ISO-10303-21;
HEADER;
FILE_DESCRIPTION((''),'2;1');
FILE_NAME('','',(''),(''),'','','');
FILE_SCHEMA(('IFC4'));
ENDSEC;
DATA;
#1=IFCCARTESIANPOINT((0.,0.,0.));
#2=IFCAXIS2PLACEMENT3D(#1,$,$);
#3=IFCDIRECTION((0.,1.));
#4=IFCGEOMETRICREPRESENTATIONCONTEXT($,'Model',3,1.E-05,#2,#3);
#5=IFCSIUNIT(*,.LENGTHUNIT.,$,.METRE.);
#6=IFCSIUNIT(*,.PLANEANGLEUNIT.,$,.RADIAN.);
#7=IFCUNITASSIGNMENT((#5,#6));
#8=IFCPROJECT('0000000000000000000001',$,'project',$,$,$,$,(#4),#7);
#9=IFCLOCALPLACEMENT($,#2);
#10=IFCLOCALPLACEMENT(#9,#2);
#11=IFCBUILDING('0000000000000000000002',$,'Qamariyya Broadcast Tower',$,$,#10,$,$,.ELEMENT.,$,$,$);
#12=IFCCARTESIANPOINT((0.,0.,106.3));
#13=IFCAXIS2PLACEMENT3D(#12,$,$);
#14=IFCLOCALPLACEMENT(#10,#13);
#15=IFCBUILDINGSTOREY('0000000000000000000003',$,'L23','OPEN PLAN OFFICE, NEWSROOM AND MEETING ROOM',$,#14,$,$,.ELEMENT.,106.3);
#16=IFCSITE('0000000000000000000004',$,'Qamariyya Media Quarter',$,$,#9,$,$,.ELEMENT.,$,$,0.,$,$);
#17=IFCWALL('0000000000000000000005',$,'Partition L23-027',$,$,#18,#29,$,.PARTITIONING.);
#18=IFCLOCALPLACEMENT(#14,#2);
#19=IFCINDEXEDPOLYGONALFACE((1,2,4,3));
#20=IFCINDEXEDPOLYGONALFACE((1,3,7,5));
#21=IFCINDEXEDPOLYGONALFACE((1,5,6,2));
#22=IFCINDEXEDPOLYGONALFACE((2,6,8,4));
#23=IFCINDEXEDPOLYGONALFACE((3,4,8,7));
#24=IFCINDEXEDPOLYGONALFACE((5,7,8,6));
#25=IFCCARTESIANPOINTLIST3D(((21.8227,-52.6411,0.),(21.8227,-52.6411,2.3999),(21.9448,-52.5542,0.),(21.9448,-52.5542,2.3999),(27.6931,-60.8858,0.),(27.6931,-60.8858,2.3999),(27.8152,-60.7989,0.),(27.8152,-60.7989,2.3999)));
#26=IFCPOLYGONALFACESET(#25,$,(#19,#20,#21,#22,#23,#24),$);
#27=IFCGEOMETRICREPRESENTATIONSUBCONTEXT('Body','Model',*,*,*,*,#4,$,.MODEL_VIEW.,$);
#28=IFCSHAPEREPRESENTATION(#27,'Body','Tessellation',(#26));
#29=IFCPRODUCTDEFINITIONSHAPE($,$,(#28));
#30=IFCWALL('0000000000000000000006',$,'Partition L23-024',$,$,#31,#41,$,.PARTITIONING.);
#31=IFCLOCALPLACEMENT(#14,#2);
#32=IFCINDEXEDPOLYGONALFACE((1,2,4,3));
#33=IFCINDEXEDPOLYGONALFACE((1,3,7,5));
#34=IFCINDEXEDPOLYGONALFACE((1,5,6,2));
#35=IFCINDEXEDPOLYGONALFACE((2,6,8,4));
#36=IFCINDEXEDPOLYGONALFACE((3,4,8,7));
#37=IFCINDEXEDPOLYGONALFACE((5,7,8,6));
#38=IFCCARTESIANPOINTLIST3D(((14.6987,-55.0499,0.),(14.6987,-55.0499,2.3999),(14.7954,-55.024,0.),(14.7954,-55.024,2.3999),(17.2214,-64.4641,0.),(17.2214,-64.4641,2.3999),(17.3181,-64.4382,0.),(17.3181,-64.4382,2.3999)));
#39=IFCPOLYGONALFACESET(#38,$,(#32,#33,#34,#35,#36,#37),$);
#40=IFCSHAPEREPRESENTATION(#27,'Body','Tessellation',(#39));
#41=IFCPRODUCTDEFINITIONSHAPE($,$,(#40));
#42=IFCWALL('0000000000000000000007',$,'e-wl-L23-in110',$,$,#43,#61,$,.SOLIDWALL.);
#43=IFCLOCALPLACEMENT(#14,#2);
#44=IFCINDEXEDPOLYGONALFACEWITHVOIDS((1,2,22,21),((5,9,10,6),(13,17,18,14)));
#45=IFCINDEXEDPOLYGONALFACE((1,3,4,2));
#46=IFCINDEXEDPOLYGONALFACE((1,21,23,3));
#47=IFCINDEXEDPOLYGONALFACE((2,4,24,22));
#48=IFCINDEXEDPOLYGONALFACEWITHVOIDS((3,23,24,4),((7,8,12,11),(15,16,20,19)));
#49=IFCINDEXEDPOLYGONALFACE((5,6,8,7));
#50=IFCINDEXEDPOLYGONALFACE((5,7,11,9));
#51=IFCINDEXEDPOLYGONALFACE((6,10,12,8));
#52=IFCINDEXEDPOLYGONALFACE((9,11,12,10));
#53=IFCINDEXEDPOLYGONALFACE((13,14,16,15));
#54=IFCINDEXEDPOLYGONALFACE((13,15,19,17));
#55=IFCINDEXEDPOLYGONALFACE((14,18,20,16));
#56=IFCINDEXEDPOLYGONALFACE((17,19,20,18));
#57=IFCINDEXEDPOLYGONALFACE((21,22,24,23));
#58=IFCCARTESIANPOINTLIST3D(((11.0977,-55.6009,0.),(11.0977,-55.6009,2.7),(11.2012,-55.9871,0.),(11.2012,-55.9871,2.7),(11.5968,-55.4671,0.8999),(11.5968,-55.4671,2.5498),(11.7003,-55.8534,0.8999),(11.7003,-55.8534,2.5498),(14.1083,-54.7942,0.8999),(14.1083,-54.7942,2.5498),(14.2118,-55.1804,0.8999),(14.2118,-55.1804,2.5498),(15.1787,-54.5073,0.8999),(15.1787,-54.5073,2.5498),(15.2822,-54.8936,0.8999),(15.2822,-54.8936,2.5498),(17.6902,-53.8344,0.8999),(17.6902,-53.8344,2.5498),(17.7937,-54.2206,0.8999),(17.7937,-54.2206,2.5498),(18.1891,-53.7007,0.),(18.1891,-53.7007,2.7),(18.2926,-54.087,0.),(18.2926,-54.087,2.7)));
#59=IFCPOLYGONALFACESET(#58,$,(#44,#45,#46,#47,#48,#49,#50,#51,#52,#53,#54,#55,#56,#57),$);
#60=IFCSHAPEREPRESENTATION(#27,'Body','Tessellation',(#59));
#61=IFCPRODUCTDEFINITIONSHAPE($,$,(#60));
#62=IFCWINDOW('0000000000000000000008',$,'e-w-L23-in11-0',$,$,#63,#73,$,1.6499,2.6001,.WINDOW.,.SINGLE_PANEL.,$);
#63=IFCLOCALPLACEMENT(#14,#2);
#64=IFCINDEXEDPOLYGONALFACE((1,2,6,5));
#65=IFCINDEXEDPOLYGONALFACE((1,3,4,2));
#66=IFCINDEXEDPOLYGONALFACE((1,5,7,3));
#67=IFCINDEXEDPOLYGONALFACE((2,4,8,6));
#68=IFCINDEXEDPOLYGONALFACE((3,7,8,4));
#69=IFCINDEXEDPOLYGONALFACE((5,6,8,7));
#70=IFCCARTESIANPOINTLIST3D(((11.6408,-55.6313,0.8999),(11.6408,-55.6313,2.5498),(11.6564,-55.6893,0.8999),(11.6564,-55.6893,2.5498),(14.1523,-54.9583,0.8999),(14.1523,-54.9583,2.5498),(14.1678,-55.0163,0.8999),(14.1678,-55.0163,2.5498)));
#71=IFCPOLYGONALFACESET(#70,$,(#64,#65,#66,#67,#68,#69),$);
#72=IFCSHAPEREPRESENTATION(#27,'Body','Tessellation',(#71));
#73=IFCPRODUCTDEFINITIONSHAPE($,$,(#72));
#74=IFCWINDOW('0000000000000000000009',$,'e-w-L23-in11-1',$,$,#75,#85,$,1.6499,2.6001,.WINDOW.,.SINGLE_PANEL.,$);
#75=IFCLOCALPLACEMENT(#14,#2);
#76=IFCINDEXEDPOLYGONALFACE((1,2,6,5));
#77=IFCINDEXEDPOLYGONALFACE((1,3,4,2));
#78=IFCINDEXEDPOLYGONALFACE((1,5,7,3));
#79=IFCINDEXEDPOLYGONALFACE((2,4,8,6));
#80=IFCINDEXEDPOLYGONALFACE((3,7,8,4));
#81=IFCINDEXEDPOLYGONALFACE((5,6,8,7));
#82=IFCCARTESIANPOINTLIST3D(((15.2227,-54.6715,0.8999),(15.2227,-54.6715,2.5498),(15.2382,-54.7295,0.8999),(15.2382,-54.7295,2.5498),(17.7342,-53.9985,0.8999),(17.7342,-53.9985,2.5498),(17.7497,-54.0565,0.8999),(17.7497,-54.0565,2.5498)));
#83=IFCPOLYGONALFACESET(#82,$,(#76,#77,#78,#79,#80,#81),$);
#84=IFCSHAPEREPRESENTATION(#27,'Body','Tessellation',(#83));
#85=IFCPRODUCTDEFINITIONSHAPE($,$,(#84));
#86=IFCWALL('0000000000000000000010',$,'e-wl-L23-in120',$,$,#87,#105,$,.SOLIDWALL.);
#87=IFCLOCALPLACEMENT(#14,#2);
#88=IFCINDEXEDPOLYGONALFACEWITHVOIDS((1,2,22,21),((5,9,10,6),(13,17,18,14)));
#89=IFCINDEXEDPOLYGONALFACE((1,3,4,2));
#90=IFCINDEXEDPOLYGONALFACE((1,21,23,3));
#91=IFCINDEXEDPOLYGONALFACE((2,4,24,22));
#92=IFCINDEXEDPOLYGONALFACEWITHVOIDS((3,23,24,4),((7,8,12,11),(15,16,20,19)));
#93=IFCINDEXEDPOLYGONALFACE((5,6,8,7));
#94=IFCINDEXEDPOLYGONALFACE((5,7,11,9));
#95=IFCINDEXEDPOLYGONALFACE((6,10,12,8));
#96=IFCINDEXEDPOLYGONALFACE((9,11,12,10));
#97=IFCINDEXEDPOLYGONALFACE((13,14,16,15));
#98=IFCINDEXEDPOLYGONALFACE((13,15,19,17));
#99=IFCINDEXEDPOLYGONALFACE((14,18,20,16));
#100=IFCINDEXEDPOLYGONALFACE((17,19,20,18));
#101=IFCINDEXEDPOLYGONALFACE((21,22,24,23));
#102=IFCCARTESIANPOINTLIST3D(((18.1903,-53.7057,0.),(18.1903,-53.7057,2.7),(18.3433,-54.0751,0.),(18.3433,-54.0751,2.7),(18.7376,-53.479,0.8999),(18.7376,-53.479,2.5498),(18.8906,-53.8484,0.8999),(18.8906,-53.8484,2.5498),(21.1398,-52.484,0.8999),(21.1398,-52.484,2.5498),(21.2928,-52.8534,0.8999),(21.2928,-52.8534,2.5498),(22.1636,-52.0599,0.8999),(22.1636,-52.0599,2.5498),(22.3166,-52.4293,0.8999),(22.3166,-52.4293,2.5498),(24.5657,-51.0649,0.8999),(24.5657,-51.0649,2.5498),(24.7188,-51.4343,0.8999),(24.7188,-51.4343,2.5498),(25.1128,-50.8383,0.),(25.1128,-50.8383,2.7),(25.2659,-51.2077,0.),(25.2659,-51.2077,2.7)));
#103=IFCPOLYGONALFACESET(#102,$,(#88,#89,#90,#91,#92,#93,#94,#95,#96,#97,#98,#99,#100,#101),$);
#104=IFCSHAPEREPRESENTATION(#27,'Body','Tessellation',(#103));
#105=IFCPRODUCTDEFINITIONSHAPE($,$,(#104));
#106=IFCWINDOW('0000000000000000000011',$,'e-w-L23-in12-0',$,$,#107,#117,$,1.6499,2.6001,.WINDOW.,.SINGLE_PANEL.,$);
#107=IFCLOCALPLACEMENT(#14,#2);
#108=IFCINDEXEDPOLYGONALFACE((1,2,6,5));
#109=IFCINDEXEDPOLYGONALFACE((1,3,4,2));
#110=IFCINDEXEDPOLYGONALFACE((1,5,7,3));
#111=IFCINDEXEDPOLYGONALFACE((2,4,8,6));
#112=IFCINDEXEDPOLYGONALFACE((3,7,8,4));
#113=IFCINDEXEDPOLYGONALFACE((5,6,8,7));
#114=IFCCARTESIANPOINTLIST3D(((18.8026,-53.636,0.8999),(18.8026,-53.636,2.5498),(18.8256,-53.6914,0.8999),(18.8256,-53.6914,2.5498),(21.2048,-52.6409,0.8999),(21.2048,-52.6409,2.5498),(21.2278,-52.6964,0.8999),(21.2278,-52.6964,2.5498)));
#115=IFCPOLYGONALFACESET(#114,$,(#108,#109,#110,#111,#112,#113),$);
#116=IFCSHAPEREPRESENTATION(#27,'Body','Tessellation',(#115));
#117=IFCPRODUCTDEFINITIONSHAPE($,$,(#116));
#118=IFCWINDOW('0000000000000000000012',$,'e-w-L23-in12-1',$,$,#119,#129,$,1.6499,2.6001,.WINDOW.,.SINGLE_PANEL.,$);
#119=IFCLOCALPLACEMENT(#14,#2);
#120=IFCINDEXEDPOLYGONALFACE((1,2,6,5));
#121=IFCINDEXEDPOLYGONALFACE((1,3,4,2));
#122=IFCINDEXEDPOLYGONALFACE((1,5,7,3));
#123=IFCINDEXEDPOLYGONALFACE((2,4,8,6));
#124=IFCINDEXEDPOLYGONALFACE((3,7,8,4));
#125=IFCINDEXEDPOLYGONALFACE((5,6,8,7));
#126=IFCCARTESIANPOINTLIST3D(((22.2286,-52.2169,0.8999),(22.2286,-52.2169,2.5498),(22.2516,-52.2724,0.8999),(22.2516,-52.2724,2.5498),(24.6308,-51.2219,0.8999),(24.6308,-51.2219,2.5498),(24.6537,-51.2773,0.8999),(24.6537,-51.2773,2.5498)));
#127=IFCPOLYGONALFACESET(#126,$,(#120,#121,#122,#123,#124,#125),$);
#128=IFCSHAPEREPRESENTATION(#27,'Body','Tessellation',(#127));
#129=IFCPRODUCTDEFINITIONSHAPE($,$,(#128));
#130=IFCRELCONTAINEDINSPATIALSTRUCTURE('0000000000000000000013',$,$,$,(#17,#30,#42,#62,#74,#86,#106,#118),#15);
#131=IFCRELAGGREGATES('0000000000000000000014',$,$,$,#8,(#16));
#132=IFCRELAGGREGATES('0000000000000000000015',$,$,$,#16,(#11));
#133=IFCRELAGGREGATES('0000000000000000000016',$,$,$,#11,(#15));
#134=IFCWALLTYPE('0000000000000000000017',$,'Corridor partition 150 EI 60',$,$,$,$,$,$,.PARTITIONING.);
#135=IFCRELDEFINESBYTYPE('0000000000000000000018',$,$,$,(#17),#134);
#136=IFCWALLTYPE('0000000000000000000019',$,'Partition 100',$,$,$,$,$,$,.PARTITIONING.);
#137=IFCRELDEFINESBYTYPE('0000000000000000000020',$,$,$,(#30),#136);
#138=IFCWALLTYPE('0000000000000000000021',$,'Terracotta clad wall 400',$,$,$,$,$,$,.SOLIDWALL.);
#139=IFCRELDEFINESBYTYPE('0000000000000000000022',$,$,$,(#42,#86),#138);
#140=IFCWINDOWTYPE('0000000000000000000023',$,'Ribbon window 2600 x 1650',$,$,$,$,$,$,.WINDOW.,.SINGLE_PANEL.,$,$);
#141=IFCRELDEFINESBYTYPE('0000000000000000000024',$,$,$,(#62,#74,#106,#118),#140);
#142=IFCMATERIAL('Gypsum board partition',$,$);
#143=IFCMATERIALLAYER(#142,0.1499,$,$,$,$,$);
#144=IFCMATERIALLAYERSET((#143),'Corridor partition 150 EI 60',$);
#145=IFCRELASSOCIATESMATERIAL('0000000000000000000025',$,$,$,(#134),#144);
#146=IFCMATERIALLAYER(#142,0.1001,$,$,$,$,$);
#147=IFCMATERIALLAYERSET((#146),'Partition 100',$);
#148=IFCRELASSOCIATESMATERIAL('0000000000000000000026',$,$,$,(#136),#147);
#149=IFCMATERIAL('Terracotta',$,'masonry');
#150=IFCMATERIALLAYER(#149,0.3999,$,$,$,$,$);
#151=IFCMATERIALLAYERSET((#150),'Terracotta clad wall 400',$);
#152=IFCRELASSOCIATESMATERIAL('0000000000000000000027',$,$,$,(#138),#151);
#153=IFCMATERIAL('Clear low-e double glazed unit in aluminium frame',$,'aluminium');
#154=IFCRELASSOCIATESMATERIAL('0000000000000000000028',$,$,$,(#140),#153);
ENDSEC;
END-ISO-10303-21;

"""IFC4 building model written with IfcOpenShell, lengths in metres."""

from ifc_helpers import new_model, si_unit, direction, frame, frame_2d, origin, place, context, subcontext, project, spatial, rectangle, extrude, material, layer, layer_set, type_object, element, fill, save


model = new_model("IFC4")

# Units and contexts
model_context = context("Model", 3, precision=1e-05, world=origin(), true_north=direction((0.0, 1.0)))
body_context = subcontext(model_context, "Body", "Model", "MODEL_VIEW")
ifc_project = project(units=[si_unit("LENGTHUNIT", "METRE"), si_unit("PLANEANGLEUNIT", "RADIAN")], contexts=[model_context])

# Site, building, storey
site_placement = place(None, origin())
site = spatial("IfcSite", under=ifc_project, at=site_placement, Name="Qamariyya Media Quarter", CompositionType="ELEMENT", RefElevation=0.0)
building_placement = place(site_placement, origin())
building = spatial("IfcBuilding", under=site, at=building_placement, Name="Qamariyya Broadcast Tower", CompositionType="ELEMENT")
storey_placement = place(building_placement, frame((0.0, 0.0, 106.3)))
storey = spatial("IfcBuildingStorey", under=building, at=storey_placement, Name="L23", Description="OPEN PLAN OFFICE, NEWSROOM AND MEETING ROOM", CompositionType="ELEMENT", Elevation=106.3)

# Walls
ifc_material_1 = material(Name="Gypsum board partition")
ifc_layer_1 = layer(ifc_material_1, 0.1499)
ifc_layer_set_1 = layer_set([ifc_layer_1], Name="Corridor partition 150 EI 60")
wall_type_1 = type_object("IfcWallType", Name="Corridor partition 150 EI 60", PredefinedType="PARTITIONING", material=ifc_layer_set_1)
wall_1_placement = place(storey_placement, frame((21.8838, -52.5977, 0.0), z_axis=(0.0, 0.0, 1.0), x_axis=(0.580017, -0.814605, 0.0)))
element("IfcWall", 1, at=wall_1_placement, inside=storey, type_object=wall_type_1, Name="Partition L23-027", PredefinedType="PARTITIONING", context=body_context, shape_type="SweptSolid", body=[
    extrude(rectangle(XDim=10.1211, YDim=0.1499, at=frame_2d((5.0605, 0.0))), origin(), (0.0, 0.0, 1.0), 2.3999),
])
ifc_layer_2 = layer(ifc_material_1, 0.1001)
ifc_layer_set_2 = layer_set([ifc_layer_2], Name="Partition 100")
wall_type_2 = type_object("IfcWallType", Name="Partition 100", PredefinedType="PARTITIONING", material=ifc_layer_set_2)
wall_2_placement = place(storey_placement, frame((14.7471, -55.0371, 0.0), z_axis=(0.0, 0.0, 1.0), x_axis=(0.258833, -0.965922, 0.0)))
element("IfcWall", 2, at=wall_2_placement, inside=storey, type_object=wall_type_2, Name="Partition L23-024", PredefinedType="PARTITIONING", context=body_context, shape_type="SweptSolid", body=[
    extrude(rectangle(XDim=9.7463, YDim=0.1001, at=frame_2d((4.873, 0.0))), origin(), (0.0, 0.0, 1.0), 2.3999),
])

# Walls, openings, windows
ifc_material_2 = material(Name="Terracotta", Category="masonry")
ifc_layer_3 = layer(ifc_material_2, 0.3999)
ifc_layer_set_3 = layer_set([ifc_layer_3], Name="Terracotta clad wall 400")
wall_type_3 = type_object("IfcWallType", Name="Terracotta clad wall 400", PredefinedType="SOLIDWALL", material=ifc_layer_set_3)
wall_3_placement = place(storey_placement, frame((18.241, -53.8938, 0.0), z_axis=(0.0, 0.0, 1.0), x_axis=(-0.965925, -0.258824, 0.0)))
wall_3 = element("IfcWall", 3, at=wall_3_placement, inside=storey, type_object=wall_type_3, Name="e-wl-L23-in110", PredefinedType="SOLIDWALL", context=body_context, shape_type="SweptSolid", body=[
    extrude(rectangle(XDim=7.3416, YDim=0.3999, at=frame_2d((3.6709, 0.0))), origin(), (0.0, 0.0, 1.0), 2.7),
])
opening_1_placement = place(wall_3_placement, frame((4.2249, 0.0, 0.8999)))
opening_1 = element("IfcOpeningElement", 4, at=opening_1_placement, cuts=wall_3, PredefinedType="OPENING", context=body_context, shape_type="SweptSolid", body=[
    extrude(rectangle(XDim=2.6001, YDim=1.6499, at=frame_2d((1.3, 0.825))), frame((0.0, 0.21, 0.0), z_axis=(0.0, -1.0, 0.0), x_axis=(1.0, 0.0, 0.0)), (0.0, 0.0, 1.0), 0.4199),
])
opening_2_placement = place(wall_3_placement, frame((0.5166, 0.0, 0.8999)))
opening_2 = element("IfcOpeningElement", 5, at=opening_2_placement, cuts=wall_3, PredefinedType="OPENING", context=body_context, shape_type="SweptSolid", body=[
    extrude(rectangle(XDim=2.6001, YDim=1.6499, at=frame_2d((1.3, 0.825))), frame((0.0, 0.21, 0.0), z_axis=(0.0, -1.0, 0.0), x_axis=(1.0, 0.0, 0.0)), (0.0, 0.0, 1.0), 0.4199),
])
ifc_material_3 = material(Name="Clear low-e double glazed unit in aluminium frame", Category="aluminium")
window_type = type_object("IfcWindowType", Name="Ribbon window 2600 x 1650", PartitioningType="SINGLE_PANEL", PredefinedType="WINDOW", material=ifc_material_3)
window_1_placement = place(opening_1_placement, origin())
window_1 = element("IfcWindow", 6, at=window_1_placement, inside=storey, type_object=window_type, Name="e-w-L23-in11-0", OverallHeight=1.6499, OverallWidth=2.6001, PartitioningType="SINGLE_PANEL", PredefinedType="WINDOW", context=body_context, shape_type="SweptSolid", body=[
    extrude(rectangle(XDim=2.6001, YDim=1.6499, at=frame_2d((1.3, 0.825))), frame((0.0, 0.03, 0.0), z_axis=(0.0, -1.0, 0.0), x_axis=(1.0, 0.0, 0.0)), (0.0, 0.0, 1.0), 0.0601),
])
fill(opening_1, window_1)
window_2_placement = place(opening_2_placement, origin())
window_2 = element("IfcWindow", 7, at=window_2_placement, inside=storey, type_object=window_type, Name="e-w-L23-in11-1", OverallHeight=1.6499, OverallWidth=2.6001, PartitioningType="SINGLE_PANEL", PredefinedType="WINDOW", context=body_context, shape_type="SweptSolid", body=[
    extrude(rectangle(XDim=2.6001, YDim=1.6499, at=frame_2d((1.3, 0.825))), frame((0.0, 0.03, 0.0), z_axis=(0.0, -1.0, 0.0), x_axis=(1.0, 0.0, 0.0)), (0.0, 0.0, 1.0), 0.0601),
])
fill(opening_2, window_2)
wall_4_placement = place(storey_placement, frame((25.1895, -51.0229, 0.0), z_axis=(0.0, 0.0, 1.0), x_axis=(-0.92388, -0.382683, 0.0)))
wall_4 = element("IfcWall", 8, at=wall_4_placement, inside=storey, type_object=wall_type_3, Name="e-wl-L23-in120", PredefinedType="SOLIDWALL", context=body_context, shape_type="SweptSolid", body=[
    extrude(rectangle(XDim=7.4929, YDim=0.3999, at=frame_2d((3.7466, 0.0))), origin(), (0.0, 0.0, 1.0), 2.7),
])
opening_3_placement = place(wall_4_placement, frame((4.3005, 0.0, 0.8999)))
opening_3 = element("IfcOpeningElement", 9, at=opening_3_placement, cuts=wall_4, PredefinedType="OPENING", context=body_context, shape_type="SweptSolid", body=[
    extrude(rectangle(XDim=2.6001, YDim=1.6499, at=frame_2d((1.3, 0.825))), frame((0.0, 0.21, 0.0), z_axis=(0.0, -1.0, 0.0), x_axis=(1.0, 0.0, 0.0)), (0.0, 0.0, 1.0), 0.4199),
])
opening_4_placement = place(wall_4_placement, frame((0.5923, 0.0, 0.8999)))
opening_4 = element("IfcOpeningElement", 10, at=opening_4_placement, cuts=wall_4, PredefinedType="OPENING", context=body_context, shape_type="SweptSolid", body=[
    extrude(rectangle(XDim=2.6001, YDim=1.6499, at=frame_2d((1.3, 0.825))), frame((0.0, 0.21, 0.0), z_axis=(0.0, -1.0, 0.0), x_axis=(1.0, 0.0, 0.0)), (0.0, 0.0, 1.0), 0.4199),
])
window_3_placement = place(opening_3_placement, origin())
window_3 = element("IfcWindow", 11, at=window_3_placement, inside=storey, type_object=window_type, Name="e-w-L23-in12-0", OverallHeight=1.6499, OverallWidth=2.6001, PartitioningType="SINGLE_PANEL", PredefinedType="WINDOW", context=body_context, shape_type="SweptSolid", body=[
    extrude(rectangle(XDim=2.6001, YDim=1.6499, at=frame_2d((1.3, 0.825))), frame((0.0, 0.03, 0.0), z_axis=(0.0, -1.0, 0.0), x_axis=(1.0, 0.0, 0.0)), (0.0, 0.0, 1.0), 0.0601),
])
fill(opening_3, window_3)
window_4_placement = place(opening_4_placement, origin())
window_4 = element("IfcWindow", 12, at=window_4_placement, inside=storey, type_object=window_type, Name="e-w-L23-in12-1", OverallHeight=1.6499, OverallWidth=2.6001, PartitioningType="SINGLE_PANEL", PredefinedType="WINDOW", context=body_context, shape_type="SweptSolid", body=[
    extrude(rectangle(XDim=2.6001, YDim=1.6499, at=frame_2d((1.3, 0.825))), frame((0.0, 0.03, 0.0), z_axis=(0.0, -1.0, 0.0), x_axis=(1.0, 0.0, 0.0)), (0.0, 0.0, 1.0), 0.0601),
])
fill(opening_4, window_4)

save(model, "model.ifc")
